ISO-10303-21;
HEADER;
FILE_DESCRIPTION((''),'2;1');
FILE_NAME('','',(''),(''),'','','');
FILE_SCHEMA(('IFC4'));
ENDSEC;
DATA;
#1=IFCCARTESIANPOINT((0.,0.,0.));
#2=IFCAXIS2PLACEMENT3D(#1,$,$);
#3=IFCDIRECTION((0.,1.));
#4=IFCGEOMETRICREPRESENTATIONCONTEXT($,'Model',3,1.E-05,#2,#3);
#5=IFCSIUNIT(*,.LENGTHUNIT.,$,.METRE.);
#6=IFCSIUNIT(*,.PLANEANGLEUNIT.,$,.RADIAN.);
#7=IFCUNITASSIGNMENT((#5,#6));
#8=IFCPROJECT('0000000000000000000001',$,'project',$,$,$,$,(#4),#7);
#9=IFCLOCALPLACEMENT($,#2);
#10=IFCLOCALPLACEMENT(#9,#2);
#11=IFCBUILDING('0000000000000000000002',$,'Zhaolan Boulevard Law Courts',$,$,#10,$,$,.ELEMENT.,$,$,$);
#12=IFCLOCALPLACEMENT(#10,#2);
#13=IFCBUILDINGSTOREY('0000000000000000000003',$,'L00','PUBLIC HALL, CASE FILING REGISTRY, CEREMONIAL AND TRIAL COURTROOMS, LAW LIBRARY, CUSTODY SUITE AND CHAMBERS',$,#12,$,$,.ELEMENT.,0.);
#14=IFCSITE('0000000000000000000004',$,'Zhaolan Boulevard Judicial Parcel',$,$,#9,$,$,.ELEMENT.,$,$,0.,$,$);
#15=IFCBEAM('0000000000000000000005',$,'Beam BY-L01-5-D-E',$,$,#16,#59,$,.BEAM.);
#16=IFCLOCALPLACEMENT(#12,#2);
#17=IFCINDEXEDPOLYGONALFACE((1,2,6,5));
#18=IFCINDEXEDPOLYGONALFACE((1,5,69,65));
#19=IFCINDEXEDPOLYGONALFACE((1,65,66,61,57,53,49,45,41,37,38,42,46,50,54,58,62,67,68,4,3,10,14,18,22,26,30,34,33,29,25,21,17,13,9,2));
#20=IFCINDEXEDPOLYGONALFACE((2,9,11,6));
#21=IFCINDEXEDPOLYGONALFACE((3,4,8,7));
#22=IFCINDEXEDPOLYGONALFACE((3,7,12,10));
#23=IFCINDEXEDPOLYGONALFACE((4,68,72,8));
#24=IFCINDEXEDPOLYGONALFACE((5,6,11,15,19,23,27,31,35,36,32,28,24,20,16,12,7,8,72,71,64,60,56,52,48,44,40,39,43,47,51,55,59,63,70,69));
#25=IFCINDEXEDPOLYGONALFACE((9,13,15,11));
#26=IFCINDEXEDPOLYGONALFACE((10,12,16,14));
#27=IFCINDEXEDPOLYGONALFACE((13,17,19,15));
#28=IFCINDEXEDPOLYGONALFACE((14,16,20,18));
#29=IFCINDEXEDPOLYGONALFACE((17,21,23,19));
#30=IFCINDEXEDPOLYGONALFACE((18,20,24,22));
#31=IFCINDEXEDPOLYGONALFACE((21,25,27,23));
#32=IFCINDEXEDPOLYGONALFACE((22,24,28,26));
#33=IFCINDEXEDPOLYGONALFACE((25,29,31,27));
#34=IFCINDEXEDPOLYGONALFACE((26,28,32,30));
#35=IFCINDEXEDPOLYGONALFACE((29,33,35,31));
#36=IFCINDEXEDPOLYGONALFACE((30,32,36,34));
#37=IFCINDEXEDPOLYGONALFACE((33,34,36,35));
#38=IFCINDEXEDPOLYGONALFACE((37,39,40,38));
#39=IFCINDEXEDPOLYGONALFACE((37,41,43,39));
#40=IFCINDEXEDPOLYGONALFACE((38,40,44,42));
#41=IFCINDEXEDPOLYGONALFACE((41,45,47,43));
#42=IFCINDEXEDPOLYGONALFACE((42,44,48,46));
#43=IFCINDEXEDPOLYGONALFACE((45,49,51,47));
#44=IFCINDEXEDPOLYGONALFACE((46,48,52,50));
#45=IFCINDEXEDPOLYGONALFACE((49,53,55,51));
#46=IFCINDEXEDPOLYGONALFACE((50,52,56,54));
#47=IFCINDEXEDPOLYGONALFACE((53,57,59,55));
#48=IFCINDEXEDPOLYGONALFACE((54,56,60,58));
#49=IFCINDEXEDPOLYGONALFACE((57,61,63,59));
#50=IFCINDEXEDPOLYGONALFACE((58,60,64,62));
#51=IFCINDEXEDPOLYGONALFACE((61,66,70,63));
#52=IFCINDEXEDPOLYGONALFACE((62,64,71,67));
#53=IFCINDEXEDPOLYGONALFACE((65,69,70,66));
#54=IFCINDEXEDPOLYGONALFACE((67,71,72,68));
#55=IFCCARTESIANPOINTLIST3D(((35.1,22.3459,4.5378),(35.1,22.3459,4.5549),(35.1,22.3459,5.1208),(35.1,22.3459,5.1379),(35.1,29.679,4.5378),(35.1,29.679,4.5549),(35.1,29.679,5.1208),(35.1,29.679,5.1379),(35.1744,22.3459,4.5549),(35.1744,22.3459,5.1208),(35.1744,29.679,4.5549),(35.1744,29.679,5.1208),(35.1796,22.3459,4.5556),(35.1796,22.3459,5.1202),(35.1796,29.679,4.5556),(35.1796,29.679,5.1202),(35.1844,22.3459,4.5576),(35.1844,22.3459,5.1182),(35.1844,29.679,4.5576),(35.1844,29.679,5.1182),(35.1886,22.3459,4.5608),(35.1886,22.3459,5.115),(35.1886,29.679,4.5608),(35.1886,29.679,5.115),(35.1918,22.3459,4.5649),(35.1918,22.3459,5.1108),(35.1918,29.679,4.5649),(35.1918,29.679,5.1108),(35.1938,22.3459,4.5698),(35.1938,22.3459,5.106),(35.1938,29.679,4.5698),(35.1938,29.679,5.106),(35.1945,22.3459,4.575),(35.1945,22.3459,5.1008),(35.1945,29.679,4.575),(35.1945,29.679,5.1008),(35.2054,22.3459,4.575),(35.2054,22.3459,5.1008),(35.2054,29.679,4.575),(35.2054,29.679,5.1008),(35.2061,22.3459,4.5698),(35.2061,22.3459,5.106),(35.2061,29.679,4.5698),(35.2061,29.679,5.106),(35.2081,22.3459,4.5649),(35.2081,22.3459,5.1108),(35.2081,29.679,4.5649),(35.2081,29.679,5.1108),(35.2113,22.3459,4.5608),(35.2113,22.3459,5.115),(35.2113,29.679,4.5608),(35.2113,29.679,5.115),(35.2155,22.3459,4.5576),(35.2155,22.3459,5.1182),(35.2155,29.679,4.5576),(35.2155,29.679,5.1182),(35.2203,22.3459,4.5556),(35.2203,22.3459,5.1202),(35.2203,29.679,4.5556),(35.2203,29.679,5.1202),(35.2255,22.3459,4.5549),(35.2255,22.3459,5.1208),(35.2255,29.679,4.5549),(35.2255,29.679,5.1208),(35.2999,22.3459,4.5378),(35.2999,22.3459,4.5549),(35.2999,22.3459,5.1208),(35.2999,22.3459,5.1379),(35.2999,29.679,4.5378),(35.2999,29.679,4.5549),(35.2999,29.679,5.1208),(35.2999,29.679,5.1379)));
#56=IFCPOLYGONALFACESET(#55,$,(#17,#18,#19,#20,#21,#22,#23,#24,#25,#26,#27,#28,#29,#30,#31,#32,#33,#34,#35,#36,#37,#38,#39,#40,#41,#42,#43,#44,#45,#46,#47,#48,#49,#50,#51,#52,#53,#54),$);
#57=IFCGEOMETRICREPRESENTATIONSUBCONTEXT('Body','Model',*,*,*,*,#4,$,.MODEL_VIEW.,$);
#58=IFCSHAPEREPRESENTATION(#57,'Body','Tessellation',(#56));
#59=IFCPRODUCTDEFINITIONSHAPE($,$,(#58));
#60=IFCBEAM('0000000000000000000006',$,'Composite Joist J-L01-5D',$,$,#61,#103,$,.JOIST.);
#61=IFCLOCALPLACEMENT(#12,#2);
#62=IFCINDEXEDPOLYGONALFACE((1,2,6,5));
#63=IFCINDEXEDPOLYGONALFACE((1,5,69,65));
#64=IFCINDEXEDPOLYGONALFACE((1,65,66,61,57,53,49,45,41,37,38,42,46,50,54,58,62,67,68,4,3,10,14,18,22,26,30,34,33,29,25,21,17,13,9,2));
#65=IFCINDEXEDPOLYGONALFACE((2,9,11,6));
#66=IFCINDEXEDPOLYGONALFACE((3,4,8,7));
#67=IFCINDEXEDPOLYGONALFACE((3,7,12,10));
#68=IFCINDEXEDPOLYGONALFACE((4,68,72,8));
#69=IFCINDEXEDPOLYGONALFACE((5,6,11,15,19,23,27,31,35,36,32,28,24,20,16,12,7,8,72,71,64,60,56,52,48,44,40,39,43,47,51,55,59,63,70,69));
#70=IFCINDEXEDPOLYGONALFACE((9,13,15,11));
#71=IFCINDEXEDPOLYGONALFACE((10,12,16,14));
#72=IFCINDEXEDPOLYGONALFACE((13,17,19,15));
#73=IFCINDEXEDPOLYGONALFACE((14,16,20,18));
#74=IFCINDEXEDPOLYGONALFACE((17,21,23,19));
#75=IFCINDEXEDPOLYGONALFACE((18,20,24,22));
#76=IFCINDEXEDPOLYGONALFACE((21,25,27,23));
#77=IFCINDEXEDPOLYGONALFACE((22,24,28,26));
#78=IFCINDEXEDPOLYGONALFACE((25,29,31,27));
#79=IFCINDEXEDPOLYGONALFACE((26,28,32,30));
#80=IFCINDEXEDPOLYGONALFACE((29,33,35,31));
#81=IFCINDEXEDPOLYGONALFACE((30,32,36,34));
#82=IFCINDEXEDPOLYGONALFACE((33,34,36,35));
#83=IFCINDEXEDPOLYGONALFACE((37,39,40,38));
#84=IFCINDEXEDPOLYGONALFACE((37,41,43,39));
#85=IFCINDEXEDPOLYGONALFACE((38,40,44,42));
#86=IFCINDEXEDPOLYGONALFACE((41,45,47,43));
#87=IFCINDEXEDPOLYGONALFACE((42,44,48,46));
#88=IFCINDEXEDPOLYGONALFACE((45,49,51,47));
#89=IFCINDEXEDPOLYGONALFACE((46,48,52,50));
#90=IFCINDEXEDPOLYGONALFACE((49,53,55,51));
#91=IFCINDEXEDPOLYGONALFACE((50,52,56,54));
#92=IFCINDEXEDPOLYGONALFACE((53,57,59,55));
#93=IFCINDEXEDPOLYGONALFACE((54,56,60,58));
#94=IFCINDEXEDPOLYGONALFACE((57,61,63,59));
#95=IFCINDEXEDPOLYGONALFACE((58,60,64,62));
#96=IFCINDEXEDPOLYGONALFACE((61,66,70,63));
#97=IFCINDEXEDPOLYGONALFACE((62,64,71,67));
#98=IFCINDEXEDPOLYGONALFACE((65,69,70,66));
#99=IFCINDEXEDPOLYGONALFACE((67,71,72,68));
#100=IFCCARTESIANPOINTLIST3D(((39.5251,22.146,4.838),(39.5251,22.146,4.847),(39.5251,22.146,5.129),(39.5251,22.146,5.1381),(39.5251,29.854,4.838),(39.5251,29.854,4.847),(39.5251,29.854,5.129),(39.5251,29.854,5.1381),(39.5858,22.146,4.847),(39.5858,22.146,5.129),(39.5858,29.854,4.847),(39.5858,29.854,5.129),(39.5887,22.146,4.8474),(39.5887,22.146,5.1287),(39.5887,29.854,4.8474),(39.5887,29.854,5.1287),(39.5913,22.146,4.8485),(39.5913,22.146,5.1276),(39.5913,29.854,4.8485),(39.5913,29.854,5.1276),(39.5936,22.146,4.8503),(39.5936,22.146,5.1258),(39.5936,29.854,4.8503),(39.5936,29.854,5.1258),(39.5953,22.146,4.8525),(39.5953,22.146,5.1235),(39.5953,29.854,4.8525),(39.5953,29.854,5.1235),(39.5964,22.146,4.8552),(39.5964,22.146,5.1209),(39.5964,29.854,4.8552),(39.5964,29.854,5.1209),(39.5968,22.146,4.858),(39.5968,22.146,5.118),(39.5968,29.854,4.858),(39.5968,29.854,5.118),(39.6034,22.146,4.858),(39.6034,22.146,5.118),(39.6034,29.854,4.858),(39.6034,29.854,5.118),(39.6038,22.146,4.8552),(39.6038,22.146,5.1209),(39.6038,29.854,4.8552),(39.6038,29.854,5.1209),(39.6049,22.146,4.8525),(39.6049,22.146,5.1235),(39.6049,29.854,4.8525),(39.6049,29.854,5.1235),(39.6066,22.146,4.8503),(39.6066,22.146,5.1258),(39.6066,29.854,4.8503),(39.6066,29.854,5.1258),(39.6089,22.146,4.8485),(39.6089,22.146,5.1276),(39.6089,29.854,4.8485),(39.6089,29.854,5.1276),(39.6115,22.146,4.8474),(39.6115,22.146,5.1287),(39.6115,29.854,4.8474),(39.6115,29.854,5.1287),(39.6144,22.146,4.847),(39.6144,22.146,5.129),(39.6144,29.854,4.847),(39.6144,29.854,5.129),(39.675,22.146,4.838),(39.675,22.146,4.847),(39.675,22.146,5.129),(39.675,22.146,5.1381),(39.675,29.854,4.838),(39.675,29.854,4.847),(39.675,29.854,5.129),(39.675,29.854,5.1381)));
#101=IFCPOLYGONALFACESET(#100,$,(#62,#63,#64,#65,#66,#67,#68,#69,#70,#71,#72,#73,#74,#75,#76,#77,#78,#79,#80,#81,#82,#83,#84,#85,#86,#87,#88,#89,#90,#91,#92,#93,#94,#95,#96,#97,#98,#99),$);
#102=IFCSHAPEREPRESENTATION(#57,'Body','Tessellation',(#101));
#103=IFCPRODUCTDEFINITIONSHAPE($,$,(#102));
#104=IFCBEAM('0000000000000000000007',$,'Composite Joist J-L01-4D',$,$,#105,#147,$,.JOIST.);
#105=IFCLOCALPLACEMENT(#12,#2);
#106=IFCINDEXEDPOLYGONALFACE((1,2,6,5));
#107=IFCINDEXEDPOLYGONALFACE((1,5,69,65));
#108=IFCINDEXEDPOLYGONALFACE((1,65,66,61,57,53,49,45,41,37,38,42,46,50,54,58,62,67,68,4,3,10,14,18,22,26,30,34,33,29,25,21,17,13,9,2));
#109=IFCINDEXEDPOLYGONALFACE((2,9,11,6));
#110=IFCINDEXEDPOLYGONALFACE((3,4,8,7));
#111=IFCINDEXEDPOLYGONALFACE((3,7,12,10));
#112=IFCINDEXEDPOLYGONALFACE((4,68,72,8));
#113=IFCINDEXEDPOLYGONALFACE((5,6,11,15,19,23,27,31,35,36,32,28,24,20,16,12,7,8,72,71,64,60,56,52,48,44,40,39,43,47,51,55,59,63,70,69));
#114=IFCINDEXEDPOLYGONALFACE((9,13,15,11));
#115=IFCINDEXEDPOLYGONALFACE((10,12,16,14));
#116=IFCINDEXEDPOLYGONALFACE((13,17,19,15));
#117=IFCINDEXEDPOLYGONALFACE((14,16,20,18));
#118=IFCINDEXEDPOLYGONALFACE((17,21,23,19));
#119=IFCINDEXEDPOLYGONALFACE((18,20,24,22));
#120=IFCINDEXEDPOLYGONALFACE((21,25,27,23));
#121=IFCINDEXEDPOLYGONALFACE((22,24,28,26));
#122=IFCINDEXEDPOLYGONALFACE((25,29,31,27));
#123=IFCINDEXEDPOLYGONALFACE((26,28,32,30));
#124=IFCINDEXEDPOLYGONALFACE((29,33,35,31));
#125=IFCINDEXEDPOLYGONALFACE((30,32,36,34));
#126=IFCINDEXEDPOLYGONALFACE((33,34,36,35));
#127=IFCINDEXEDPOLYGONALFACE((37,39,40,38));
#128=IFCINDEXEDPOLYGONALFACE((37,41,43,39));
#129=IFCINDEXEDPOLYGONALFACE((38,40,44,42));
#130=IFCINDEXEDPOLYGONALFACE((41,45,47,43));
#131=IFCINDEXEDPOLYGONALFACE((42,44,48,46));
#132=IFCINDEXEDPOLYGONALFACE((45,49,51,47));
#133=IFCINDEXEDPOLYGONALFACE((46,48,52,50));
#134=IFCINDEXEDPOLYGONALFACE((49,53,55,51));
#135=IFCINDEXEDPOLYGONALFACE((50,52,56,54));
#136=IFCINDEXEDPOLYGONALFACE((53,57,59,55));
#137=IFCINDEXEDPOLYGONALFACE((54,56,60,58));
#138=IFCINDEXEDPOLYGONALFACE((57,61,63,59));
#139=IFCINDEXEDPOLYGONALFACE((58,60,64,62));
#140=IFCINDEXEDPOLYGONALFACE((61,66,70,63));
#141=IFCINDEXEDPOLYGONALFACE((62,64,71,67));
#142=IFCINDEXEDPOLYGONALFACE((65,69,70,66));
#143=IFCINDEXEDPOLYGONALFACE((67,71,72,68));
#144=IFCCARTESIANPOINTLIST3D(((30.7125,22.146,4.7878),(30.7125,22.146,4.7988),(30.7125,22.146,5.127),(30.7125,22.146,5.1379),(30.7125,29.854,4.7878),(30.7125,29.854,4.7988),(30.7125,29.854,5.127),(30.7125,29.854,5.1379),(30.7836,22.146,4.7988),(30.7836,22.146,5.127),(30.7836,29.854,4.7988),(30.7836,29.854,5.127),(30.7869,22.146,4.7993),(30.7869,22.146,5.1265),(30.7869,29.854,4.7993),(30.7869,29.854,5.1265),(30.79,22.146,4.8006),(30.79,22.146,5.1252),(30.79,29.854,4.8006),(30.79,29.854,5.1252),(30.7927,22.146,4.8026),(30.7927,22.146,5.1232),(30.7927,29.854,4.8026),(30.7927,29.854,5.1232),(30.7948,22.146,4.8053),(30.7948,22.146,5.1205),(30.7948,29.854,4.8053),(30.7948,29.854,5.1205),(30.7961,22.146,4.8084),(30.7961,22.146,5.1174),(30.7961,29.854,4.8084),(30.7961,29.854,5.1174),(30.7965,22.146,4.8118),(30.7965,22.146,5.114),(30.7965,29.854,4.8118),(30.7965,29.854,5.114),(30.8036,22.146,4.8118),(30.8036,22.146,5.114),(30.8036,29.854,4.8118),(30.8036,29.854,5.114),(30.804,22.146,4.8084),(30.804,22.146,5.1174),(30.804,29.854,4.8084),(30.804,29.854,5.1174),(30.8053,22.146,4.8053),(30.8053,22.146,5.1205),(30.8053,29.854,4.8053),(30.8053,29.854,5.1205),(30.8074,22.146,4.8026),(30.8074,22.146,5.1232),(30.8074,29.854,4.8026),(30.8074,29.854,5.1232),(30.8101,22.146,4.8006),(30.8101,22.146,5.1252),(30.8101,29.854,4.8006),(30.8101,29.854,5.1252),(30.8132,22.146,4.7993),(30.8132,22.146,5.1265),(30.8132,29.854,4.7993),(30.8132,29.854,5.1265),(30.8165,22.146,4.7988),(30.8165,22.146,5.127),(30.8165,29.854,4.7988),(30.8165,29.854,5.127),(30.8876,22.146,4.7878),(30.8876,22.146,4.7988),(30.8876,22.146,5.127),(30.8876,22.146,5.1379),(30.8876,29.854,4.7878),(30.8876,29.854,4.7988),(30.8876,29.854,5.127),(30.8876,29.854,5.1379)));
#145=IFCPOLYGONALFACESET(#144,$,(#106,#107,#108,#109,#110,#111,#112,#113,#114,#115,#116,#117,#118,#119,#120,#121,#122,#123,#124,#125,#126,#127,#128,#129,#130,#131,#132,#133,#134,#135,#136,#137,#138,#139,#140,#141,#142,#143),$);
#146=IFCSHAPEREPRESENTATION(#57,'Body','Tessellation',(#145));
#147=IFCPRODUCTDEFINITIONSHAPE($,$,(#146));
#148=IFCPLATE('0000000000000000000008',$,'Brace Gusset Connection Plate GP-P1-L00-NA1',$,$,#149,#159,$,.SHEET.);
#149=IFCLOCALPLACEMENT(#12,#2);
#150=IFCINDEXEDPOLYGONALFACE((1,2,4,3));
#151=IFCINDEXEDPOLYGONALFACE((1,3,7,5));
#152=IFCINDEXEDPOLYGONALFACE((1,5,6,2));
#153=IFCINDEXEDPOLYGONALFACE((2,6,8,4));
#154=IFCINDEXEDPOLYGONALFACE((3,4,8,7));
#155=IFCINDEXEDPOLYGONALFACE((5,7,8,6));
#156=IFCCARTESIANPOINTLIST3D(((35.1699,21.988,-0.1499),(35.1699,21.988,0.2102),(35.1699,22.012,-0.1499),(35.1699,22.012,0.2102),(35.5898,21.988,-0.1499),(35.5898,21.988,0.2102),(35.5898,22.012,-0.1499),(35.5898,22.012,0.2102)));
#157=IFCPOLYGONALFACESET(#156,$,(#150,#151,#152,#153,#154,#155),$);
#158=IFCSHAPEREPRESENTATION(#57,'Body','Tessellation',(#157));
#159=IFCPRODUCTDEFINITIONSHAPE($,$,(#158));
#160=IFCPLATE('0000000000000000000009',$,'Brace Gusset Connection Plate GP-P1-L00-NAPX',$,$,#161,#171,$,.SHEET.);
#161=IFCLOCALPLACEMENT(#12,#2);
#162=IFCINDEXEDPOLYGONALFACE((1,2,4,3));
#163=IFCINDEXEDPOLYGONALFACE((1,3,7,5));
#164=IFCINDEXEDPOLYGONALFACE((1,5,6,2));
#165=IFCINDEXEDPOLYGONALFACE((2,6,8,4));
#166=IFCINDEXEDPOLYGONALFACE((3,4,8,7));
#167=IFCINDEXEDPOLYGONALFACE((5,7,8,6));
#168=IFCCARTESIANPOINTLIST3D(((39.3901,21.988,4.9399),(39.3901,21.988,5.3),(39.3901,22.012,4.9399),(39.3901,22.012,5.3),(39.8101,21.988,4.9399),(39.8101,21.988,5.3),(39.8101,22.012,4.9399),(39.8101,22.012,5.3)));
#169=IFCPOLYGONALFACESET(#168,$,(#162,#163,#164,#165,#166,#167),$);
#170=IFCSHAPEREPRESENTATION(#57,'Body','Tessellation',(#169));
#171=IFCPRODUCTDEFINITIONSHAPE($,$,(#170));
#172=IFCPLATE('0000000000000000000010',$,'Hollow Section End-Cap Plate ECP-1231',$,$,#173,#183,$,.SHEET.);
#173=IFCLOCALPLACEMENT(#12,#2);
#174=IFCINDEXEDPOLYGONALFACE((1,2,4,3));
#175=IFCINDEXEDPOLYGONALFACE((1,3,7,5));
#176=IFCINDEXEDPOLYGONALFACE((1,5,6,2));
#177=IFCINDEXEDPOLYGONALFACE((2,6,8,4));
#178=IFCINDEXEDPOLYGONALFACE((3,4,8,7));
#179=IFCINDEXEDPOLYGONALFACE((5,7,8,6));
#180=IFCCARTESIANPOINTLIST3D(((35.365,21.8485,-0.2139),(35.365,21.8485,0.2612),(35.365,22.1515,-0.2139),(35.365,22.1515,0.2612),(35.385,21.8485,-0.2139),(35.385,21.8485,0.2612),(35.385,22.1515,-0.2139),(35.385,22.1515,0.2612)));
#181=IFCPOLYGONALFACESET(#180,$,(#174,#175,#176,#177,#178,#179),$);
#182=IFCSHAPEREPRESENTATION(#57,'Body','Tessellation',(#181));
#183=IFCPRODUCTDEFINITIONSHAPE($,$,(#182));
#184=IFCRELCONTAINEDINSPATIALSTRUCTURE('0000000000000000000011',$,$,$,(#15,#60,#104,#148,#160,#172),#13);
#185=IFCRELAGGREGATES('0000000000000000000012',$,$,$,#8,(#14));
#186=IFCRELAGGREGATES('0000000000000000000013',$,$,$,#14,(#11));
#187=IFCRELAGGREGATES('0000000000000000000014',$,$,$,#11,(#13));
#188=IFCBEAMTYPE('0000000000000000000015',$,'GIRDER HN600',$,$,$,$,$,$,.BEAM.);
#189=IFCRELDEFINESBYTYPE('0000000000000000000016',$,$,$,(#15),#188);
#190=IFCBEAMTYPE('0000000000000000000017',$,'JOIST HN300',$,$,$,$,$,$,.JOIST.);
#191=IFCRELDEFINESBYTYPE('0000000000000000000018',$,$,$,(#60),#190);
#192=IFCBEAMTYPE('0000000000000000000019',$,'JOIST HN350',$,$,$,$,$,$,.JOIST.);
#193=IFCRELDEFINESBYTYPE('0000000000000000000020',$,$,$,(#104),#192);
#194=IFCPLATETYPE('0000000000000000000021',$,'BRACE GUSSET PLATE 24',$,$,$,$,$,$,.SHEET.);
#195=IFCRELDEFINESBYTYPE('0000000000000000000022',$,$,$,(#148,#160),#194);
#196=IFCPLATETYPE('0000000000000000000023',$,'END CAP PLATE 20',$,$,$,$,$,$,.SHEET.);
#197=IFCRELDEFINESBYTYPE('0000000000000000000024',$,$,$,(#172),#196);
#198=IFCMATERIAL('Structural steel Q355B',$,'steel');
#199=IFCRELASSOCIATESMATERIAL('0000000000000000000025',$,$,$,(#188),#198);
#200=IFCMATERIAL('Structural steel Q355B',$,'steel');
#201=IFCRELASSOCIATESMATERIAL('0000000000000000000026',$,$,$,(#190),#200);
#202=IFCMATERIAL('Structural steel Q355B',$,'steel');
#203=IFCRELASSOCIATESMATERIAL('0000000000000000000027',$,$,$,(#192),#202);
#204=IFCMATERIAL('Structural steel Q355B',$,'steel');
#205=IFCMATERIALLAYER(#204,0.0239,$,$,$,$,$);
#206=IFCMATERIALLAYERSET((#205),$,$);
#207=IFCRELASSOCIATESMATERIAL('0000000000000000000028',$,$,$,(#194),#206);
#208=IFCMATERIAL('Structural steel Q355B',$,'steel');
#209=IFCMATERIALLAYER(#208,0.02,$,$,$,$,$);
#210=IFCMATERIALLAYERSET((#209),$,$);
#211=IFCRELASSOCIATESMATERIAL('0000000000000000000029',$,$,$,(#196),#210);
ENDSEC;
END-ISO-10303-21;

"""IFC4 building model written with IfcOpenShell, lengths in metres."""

from ifc_helpers import new_model, si_unit, direction, frame, origin, origin_2d, place, context, subcontext, project, spatial, rectangle, i_section, extrude, material, layer, layer_set, material_profile, profile_set, type_object, element, save


model = new_model("IFC4")

# Units and contexts
model_context = context("Model", 3, precision=1e-05, world=origin(), true_north=direction((0.0, 1.0)))
body_context = subcontext(model_context, "Body", "Model", "MODEL_VIEW")
ifc_project = project(units=[si_unit("LENGTHUNIT", "METRE"), si_unit("PLANEANGLEUNIT", "RADIAN")], contexts=[model_context])

# Site, building, storey
site_placement = place(None, origin())
site = spatial("IfcSite", under=ifc_project, at=site_placement, Name="Zhaolan Boulevard Judicial Parcel", CompositionType="ELEMENT", RefElevation=0.0)
building_placement = place(site_placement, origin())
building = spatial("IfcBuilding", under=site, at=building_placement, Name="Zhaolan Boulevard Law Courts", CompositionType="ELEMENT")
storey_placement = place(building_placement, origin())
storey = spatial("IfcBuildingStorey", under=building, at=storey_placement, Name="L00", Description="PUBLIC HALL, CASE FILING REGISTRY, CEREMONIAL AND TRIAL COURTROOMS, LAW LIBRARY, CUSTODY SUITE AND CHAMBERS", CompositionType="ELEMENT", Elevation=0.0)

# Beams
ifc_material_1 = material(Name="Structural steel Q355B", Category="steel")
ifc_material_profile_1 = material_profile(ifc_material_1, i_section(OverallWidth=0.2, OverallDepth=0.6001, WebThickness=0.011, FlangeThickness=0.0171, FilletRadius=0.02, at=origin_2d()), Name="HN600x200")
ifc_profile_set_1 = profile_set([ifc_material_profile_1], Name="Structural steel Q355B")
beam_type_1 = type_object("IfcBeamType", Name="GIRDER HN600", PredefinedType="BEAM", material=ifc_profile_set_1)
beam_1_placement = place(storey_placement, frame((35.2, 22.3459, 4.8379), z_axis=(0.0, 1.0, 0.0), x_axis=(-1.0, 0.0, 0.0)))
element("IfcBeam", 1, at=beam_1_placement, inside=storey, type_object=beam_type_1, Name="Beam BY-L01-5-D-E", PredefinedType="BEAM", context=body_context, shape_type="SweptSolid", body=[
    extrude(i_section(OverallWidth=0.2, OverallDepth=0.6001, WebThickness=0.011, FlangeThickness=0.0171, FilletRadius=0.02, at=origin_2d()), origin(), (0.0, 0.0, 1.0), 7.333),
])
ifc_material_2 = material(Name="Structural steel Q355B", Category="steel")
ifc_material_profile_2 = material_profile(ifc_material_2, i_section(OverallWidth=0.1499, OverallDepth=0.3, WebThickness=0.0066, FlangeThickness=0.009, FilletRadius=0.011, at=origin_2d()), Name="HN300x150")
ifc_profile_set_2 = profile_set([ifc_material_profile_2], Name="Structural steel Q355B")
beam_type_2 = type_object("IfcBeamType", Name="JOIST HN300", PredefinedType="JOIST", material=ifc_profile_set_2)
beam_2_placement = place(storey_placement, frame((39.6001, 22.146, 4.988), z_axis=(0.0, 1.0, 0.0), x_axis=(-1.0, 0.0, 0.0)))
element("IfcBeam", 2, at=beam_2_placement, inside=storey, type_object=beam_type_2, Name="Composite Joist J-L01-5D", PredefinedType="JOIST", context=body_context, shape_type="SweptSolid", body=[
    extrude(i_section(OverallWidth=0.1499, OverallDepth=0.3, WebThickness=0.0066, FlangeThickness=0.009, FilletRadius=0.011, at=origin_2d()), origin(), (0.0, 0.0, 1.0), 7.708),
])
ifc_material_3 = material(Name="Structural steel Q355B", Category="steel")
ifc_material_profile_3 = material_profile(ifc_material_3, i_section(OverallWidth=0.175, OverallDepth=0.3501, WebThickness=0.0071, FlangeThickness=0.011, FilletRadius=0.0129, at=origin_2d()), Name="HN350x175")
ifc_profile_set_3 = profile_set([ifc_material_profile_3], Name="Structural steel Q355B")
beam_type_3 = type_object("IfcBeamType", Name="JOIST HN350", PredefinedType="JOIST", material=ifc_profile_set_3)
beam_3_placement = place(storey_placement, frame((30.8, 22.146, 4.9629), z_axis=(0.0, 1.0, 0.0), x_axis=(-1.0, 0.0, 0.0)))
element("IfcBeam", 3, at=beam_3_placement, inside=storey, type_object=beam_type_3, Name="Composite Joist J-L01-4D", PredefinedType="JOIST", context=body_context, shape_type="SweptSolid", body=[
    extrude(i_section(OverallWidth=0.175, OverallDepth=0.3501, WebThickness=0.0071, FlangeThickness=0.011, FilletRadius=0.0129, at=origin_2d()), origin(), (0.0, 0.0, 1.0), 7.708),
])

# Plates
ifc_material_4 = material(Name="Structural steel Q355B", Category="steel")
ifc_layer_1 = layer(ifc_material_4, 0.0239)
ifc_layer_set_1 = layer_set([ifc_layer_1])
plate_type_1 = type_object("IfcPlateType", Name="BRACE GUSSET PLATE 24", PredefinedType="SHEET", material=ifc_layer_set_1)
for number, where, z_axis, x_axis, name in (
    (4, (35.3799, 22.0, -0.1499), (0.0, 0.0, 1.0), (1.0, 0.0, 0.0), "Brace Gusset Connection Plate GP-P1-L00-NA1"),
    (5, (39.6001, 22.0, 4.9399), (0.0, 0.0, 1.0), (1.0, 0.0, 0.0), "Brace Gusset Connection Plate GP-P1-L00-NAPX"),
):
    element("IfcPlate", number, at=place(storey_placement, frame(where, z_axis=z_axis, x_axis=x_axis)), inside=storey, type_object=plate_type_1, Name=name, PredefinedType="SHEET", context=body_context, shape_type="SweptSolid", body=[
        extrude(rectangle(XDim=0.4199, YDim=0.0239, at=origin_2d()), origin(), (0.0, 0.0, 1.0), 0.3601),
    ])
ifc_material_5 = material(Name="Structural steel Q355B", Category="steel")
ifc_layer_2 = layer(ifc_material_5, 0.02)
ifc_layer_set_2 = layer_set([ifc_layer_2])
plate_type_2 = type_object("IfcPlateType", Name="END CAP PLATE 20", PredefinedType="SHEET", material=ifc_layer_set_2)
for number, where, z_axis, x_axis, name in (
    (6, (35.375, 22.0, -0.2139), (0.0, 0.0, 1.0), (1.0, 0.0, 0.0), "Hollow Section End-Cap Plate ECP-1231"),
):
    element("IfcPlate", number, at=place(storey_placement, frame(where, z_axis=z_axis, x_axis=x_axis)), inside=storey, type_object=plate_type_2, Name=name, PredefinedType="SHEET", context=body_context, shape_type="SweptSolid", body=[
        extrude(rectangle(XDim=0.02, YDim=0.303, at=origin_2d()), origin(), (0.0, 0.0, 1.0), 0.4751),
    ])

save(model, "model.ifc")
